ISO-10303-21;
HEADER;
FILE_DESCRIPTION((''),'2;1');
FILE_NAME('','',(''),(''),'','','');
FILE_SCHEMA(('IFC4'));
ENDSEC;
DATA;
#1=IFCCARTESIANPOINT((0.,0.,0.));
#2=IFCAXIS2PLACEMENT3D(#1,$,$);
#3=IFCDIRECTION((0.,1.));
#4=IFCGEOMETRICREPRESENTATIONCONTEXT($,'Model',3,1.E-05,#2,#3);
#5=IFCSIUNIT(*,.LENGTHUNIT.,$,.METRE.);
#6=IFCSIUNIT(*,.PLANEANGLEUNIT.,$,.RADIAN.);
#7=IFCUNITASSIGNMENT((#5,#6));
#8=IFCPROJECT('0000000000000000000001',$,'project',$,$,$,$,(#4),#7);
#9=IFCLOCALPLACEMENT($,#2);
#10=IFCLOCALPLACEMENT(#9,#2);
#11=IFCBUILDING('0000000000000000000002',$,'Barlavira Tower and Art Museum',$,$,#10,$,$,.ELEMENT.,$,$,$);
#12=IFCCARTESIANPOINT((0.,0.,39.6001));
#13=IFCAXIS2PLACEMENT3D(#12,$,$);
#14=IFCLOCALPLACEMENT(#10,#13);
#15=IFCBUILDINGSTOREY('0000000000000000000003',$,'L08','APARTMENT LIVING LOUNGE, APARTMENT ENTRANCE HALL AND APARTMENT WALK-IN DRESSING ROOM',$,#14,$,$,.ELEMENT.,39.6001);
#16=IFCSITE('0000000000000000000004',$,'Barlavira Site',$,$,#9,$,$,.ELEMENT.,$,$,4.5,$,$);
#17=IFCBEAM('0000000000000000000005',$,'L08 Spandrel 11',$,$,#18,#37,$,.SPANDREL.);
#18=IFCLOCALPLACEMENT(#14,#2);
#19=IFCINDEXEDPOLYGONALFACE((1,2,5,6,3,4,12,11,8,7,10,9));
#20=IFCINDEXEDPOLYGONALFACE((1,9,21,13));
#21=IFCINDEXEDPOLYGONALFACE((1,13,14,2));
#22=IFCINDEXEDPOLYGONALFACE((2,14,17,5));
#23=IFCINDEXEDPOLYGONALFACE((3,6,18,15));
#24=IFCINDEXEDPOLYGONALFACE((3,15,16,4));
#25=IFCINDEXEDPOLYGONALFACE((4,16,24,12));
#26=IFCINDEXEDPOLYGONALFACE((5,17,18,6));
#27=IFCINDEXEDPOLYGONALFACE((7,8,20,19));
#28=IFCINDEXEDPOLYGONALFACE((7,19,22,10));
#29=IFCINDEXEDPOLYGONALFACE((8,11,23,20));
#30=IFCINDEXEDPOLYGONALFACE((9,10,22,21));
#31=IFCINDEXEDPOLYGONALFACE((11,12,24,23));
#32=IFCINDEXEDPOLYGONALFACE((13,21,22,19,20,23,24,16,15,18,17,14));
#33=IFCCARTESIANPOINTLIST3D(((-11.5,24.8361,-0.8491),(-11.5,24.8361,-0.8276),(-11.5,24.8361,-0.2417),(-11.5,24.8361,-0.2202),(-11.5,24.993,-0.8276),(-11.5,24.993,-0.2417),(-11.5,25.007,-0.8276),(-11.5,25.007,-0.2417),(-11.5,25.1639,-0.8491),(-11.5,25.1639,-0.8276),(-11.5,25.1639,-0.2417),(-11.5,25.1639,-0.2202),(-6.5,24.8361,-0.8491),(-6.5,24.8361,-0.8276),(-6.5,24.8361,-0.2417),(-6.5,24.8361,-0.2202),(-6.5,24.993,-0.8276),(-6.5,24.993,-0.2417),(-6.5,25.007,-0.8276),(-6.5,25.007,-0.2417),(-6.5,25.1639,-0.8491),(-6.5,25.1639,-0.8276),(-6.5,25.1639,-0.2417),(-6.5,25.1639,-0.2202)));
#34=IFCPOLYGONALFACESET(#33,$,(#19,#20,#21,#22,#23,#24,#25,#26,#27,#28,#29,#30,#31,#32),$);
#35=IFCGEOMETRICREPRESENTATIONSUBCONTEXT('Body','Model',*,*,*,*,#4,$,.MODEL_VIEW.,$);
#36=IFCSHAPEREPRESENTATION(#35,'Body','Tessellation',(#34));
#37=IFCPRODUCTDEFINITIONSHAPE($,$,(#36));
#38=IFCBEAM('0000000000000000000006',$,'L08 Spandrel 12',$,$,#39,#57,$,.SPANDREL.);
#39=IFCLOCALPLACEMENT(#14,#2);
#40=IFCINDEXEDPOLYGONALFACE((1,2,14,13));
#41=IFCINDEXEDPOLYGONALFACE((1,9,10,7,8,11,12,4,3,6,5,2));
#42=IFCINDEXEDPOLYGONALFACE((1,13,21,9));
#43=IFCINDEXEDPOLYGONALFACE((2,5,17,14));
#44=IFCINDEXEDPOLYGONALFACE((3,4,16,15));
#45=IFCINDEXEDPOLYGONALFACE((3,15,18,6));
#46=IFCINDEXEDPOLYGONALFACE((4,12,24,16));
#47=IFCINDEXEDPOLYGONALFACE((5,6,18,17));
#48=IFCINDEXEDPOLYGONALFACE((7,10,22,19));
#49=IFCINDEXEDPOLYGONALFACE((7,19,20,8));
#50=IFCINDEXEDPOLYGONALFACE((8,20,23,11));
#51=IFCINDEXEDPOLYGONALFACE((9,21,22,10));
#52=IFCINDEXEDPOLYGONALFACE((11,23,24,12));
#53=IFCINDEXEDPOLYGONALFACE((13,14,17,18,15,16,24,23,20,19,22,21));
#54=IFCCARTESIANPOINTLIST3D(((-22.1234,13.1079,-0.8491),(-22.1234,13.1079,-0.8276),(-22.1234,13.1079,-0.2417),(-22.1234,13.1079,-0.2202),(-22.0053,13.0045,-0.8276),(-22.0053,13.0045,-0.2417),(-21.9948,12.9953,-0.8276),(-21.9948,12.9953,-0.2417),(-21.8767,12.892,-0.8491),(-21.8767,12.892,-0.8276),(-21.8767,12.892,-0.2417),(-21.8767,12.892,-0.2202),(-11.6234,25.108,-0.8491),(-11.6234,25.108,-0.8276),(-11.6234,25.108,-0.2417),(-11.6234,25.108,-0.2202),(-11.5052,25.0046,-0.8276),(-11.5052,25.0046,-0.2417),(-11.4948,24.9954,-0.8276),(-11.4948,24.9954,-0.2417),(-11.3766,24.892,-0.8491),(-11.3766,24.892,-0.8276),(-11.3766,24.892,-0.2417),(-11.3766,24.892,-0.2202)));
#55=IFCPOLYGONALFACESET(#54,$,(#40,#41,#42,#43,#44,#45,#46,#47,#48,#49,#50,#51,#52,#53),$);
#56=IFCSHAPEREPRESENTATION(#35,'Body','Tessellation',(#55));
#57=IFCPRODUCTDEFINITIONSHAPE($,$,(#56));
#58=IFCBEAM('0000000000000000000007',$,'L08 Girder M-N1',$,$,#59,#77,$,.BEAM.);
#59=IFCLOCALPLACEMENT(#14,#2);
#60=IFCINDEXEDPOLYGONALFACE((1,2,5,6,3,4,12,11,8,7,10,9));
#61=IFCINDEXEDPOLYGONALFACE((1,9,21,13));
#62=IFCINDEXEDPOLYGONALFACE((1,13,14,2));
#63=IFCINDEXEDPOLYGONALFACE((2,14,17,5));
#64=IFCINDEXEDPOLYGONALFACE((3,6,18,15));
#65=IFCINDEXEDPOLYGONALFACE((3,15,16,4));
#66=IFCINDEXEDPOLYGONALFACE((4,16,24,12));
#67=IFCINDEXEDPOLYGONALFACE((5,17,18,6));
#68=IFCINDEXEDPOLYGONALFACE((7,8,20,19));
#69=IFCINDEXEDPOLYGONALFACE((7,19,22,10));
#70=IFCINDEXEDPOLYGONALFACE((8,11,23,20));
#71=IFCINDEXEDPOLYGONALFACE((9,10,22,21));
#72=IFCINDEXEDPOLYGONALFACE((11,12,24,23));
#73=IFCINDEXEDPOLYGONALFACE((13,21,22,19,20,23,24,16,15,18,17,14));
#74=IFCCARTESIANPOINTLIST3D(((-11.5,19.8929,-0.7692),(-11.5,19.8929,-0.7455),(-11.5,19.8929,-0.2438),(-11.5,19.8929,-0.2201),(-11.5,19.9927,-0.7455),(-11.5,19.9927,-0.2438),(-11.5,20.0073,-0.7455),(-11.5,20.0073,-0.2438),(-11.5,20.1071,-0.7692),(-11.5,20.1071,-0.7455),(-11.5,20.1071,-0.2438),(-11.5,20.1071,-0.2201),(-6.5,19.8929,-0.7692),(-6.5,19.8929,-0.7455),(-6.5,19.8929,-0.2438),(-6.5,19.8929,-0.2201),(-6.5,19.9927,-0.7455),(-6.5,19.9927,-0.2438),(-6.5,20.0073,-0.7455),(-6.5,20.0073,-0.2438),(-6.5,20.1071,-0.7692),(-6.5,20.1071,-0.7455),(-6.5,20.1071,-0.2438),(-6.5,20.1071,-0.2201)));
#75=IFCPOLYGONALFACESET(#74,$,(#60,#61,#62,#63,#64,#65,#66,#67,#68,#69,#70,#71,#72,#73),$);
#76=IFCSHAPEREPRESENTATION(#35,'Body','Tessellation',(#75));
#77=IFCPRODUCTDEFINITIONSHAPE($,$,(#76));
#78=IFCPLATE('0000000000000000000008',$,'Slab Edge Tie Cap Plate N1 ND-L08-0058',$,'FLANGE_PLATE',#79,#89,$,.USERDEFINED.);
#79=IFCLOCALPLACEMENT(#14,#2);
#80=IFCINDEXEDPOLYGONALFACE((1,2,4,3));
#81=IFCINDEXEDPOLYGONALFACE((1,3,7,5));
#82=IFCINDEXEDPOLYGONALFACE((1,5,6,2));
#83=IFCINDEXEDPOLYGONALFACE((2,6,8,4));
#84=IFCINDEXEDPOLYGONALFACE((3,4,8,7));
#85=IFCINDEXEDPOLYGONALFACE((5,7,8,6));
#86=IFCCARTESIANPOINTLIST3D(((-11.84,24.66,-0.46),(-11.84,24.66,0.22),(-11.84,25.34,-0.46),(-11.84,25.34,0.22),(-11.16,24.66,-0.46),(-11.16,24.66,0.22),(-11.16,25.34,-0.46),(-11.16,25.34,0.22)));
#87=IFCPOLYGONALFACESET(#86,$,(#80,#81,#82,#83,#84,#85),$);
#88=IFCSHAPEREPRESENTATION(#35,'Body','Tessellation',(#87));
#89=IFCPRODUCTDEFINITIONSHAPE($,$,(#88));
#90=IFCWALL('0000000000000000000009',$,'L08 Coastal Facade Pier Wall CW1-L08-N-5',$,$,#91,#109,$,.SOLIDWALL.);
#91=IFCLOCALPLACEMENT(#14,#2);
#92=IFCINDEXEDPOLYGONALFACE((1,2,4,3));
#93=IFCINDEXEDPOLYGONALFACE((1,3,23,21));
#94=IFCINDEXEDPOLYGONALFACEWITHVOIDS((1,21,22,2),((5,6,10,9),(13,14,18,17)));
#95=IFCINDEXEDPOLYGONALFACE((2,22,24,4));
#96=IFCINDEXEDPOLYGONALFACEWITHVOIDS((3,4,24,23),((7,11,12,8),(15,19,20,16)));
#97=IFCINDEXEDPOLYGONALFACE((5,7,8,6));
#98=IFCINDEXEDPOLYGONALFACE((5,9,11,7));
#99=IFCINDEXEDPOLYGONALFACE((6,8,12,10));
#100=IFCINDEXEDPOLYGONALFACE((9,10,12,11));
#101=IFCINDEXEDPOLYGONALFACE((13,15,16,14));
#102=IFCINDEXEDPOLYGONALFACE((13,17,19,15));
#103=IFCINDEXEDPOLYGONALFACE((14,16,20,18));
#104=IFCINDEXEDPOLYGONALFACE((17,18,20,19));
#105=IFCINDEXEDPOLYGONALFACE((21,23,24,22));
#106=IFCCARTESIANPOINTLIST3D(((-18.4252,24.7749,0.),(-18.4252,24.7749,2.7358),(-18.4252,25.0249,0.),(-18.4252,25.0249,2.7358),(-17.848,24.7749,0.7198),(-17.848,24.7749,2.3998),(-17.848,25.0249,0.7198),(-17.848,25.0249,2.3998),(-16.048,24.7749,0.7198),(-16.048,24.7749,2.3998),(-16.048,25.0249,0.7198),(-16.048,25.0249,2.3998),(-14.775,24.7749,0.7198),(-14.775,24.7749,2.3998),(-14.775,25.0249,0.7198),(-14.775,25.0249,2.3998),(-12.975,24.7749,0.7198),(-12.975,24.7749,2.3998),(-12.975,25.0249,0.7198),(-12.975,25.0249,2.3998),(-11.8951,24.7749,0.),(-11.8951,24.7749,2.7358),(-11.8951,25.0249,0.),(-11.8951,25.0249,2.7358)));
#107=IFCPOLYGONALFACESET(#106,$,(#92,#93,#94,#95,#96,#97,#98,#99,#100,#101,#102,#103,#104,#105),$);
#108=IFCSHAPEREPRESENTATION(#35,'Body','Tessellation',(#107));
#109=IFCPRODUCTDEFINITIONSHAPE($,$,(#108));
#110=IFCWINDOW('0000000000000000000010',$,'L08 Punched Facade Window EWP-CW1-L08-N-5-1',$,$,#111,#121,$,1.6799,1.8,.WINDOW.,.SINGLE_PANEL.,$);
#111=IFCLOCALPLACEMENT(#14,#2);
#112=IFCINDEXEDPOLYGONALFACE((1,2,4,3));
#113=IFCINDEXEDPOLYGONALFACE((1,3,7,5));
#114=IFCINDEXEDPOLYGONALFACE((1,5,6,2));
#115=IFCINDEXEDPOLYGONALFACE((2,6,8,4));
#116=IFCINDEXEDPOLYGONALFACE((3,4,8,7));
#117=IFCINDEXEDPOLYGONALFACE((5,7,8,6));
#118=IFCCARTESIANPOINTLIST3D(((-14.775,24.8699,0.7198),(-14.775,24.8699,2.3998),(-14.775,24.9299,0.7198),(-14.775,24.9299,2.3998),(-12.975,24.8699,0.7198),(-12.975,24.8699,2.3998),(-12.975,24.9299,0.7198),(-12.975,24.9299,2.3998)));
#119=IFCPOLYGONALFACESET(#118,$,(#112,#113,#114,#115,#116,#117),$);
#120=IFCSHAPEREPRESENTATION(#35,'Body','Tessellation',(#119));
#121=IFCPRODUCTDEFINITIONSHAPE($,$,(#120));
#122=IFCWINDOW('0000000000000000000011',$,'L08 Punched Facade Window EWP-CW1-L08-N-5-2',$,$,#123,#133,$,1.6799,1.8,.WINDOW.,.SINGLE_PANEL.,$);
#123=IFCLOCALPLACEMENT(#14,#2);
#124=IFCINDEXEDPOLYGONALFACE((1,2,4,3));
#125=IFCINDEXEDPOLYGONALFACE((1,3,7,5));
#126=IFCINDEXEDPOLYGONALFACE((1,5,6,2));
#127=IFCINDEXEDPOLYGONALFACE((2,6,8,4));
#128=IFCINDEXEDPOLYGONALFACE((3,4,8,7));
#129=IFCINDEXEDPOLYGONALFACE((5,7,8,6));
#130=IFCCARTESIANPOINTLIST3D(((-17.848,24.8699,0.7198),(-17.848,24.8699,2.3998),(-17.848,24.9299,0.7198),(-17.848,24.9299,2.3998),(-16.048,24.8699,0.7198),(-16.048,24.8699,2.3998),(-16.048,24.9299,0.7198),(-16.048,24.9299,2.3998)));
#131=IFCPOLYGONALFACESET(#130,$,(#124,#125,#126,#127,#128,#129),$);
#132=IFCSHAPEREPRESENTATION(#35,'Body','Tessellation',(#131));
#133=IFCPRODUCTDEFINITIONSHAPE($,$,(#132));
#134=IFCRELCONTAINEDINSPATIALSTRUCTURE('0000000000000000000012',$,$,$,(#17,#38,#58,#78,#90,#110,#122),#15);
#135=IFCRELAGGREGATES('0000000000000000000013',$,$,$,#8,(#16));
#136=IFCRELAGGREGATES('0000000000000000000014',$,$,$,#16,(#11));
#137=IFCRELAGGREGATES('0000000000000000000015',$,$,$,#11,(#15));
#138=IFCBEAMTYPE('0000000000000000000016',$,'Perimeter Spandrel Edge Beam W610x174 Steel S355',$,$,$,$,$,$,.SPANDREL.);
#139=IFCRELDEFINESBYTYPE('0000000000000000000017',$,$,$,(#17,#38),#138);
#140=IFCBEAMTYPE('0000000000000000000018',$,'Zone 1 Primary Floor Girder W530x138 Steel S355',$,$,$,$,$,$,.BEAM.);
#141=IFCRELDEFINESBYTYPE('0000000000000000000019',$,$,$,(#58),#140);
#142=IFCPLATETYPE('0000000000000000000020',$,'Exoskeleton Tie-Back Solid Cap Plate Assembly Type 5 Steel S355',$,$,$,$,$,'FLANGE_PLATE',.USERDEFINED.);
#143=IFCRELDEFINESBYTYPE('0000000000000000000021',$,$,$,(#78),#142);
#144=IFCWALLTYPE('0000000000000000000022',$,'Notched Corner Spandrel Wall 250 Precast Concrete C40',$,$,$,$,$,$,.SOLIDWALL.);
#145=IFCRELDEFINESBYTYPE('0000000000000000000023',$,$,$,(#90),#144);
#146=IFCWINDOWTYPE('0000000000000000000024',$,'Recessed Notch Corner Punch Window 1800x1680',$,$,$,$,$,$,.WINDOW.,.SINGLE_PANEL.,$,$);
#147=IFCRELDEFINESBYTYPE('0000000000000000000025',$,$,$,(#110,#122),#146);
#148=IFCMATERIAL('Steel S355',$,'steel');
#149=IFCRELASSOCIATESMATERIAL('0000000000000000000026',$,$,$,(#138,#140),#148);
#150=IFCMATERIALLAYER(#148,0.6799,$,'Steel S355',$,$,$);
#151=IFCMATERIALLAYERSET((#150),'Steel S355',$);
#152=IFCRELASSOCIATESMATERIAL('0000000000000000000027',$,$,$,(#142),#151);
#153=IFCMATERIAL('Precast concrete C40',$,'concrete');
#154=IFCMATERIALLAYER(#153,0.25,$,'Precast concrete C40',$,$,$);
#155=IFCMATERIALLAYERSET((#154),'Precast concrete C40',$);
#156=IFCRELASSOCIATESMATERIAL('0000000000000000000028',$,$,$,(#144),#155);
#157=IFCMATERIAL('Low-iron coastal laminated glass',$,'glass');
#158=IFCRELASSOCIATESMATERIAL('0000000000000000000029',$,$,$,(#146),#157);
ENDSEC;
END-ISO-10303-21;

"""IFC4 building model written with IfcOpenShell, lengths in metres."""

from ifc_helpers import new_model, si_unit, direction, frame, frame_2d, origin, origin_2d, place, context, subcontext, project, spatial, rectangle, i_section, extrude, material, layer, layer_set, material_profile, profile_set, type_object, element, fill, save


model = new_model("IFC4")

# Units and contexts
model_context = context("Model", 3, precision=1e-05, world=origin(), true_north=direction((0.0, 1.0)))
body_context = subcontext(model_context, "Body", "Model", "MODEL_VIEW")
ifc_project = project(units=[si_unit("LENGTHUNIT", "METRE"), si_unit("PLANEANGLEUNIT", "RADIAN")], contexts=[model_context])

# Site, building, storey
site_placement = place(None, origin())
site = spatial("IfcSite", under=ifc_project, at=site_placement, Name="Barlavira Site", CompositionType="ELEMENT", RefElevation=4.5)
building_placement = place(site_placement, origin())
building = spatial("IfcBuilding", under=site, at=building_placement, Name="Barlavira Tower and Art Museum", CompositionType="ELEMENT")
storey_placement = place(building_placement, frame((0.0, 0.0, 39.6001)))
storey = spatial("IfcBuildingStorey", under=building, at=storey_placement, Name="L08", Description="APARTMENT LIVING LOUNGE, APARTMENT ENTRANCE HALL AND APARTMENT WALK-IN DRESSING ROOM", CompositionType="ELEMENT", Elevation=39.6001)

# Shared definitions
ifc_material_1 = material(Name="Steel S355", Category="steel")

# Beams
ifc_material_profile_1 = material_profile(ifc_material_1, i_section(OverallWidth=0.3279, OverallDepth=0.6289, WebThickness=0.0139, FlangeThickness=0.0215, at=origin_2d()), Name="W610x174.0")
ifc_profile_set_1 = profile_set([ifc_material_profile_1], Name="Steel S355")
beam_type_1 = type_object("IfcBeamType", Name="Perimeter Spandrel Edge Beam W610x174 Steel S355", PredefinedType="SPANDREL", material=ifc_profile_set_1)
beam_1_placement = place(storey_placement, frame((-11.5, 25.0, -0.5347), z_axis=(1.0, 0.0, 0.0), x_axis=(0.0, 1.0, 0.0)))
element("IfcBeam", 1, at=beam_1_placement, inside=storey, type_object=beam_type_1, Name="L08 Spandrel 11", PredefinedType="SPANDREL", context=body_context, shape_type="SweptSolid", body=[
    extrude(i_section(OverallWidth=0.3279, OverallDepth=0.6289, WebThickness=0.0139, FlangeThickness=0.0215, at=origin_2d()), origin(), (0.0, 0.0, 1.0), 5.0),
])
beam_2_placement = place(storey_placement, frame((-11.5, 25.0, -0.5347), z_axis=(-0.658505, -0.752577, 0.0), x_axis=(0.752577, -0.658505, 0.0)))
element("IfcBeam", 2, at=beam_2_placement, inside=storey, type_object=beam_type_1, Name="L08 Spandrel 12", PredefinedType="SPANDREL", context=body_context, shape_type="SweptSolid", body=[
    extrude(i_section(OverallWidth=0.3279, OverallDepth=0.6289, WebThickness=0.0139, FlangeThickness=0.0215, at=origin_2d()), origin(), (0.0, 0.0, 1.0), 15.9453),
])
ifc_material_profile_2 = material_profile(ifc_material_1, i_section(OverallWidth=0.2141, OverallDepth=0.5491, WebThickness=0.0146, FlangeThickness=0.0237, at=origin_2d()), Name="W530x138.0")
ifc_profile_set_2 = profile_set([ifc_material_profile_2], Name="Steel S355")
beam_type_2 = type_object("IfcBeamType", Name="Zone 1 Primary Floor Girder W530x138 Steel S355", PredefinedType="BEAM", material=ifc_profile_set_2)
beam_3_placement = place(storey_placement, frame((-11.5, 20.0, -0.4946), z_axis=(1.0, 0.0, 0.0), x_axis=(0.0, 1.0, 0.0)))
element("IfcBeam", 3, at=beam_3_placement, inside=storey, type_object=beam_type_2, Name="L08 Girder M-N1", PredefinedType="BEAM", context=body_context, shape_type="SweptSolid", body=[
    extrude(i_section(OverallWidth=0.2141, OverallDepth=0.5491, WebThickness=0.0146, FlangeThickness=0.0237, at=origin_2d()), origin(), (0.0, 0.0, 1.0), 5.0),
])

# Plate
ifc_layer_1 = layer(ifc_material_1, 0.6799, Name="Steel S355")
ifc_layer_set_1 = layer_set([ifc_layer_1], Name="Steel S355")
plate_type = type_object("IfcPlateType", Name="Exoskeleton Tie-Back Solid Cap Plate Assembly Type 5 Steel S355", ElementType="FLANGE_PLATE", PredefinedType="USERDEFINED", material=ifc_layer_set_1)
plate_placement = place(storey_placement, frame((-11.5, 25.0, -0.46), z_axis=(0.0, 0.0, 1.0), x_axis=(1.0, 0.0, 0.0)))
element("IfcPlate", 4, at=plate_placement, inside=storey, type_object=plate_type, Name="Slab Edge Tie Cap Plate N1 ND-L08-0058", ObjectType="FLANGE_PLATE", PredefinedType="USERDEFINED", context=body_context, shape_type="SweptSolid", body=[
    extrude(rectangle(XDim=0.6799, YDim=0.6799, at=origin_2d()), origin(), (0.0, 0.0, 1.0), 0.6799),
])

# Wall, openings, windows
ifc_material_2 = material(Name="Precast concrete C40", Category="concrete")
ifc_layer_2 = layer(ifc_material_2, 0.25, Name="Precast concrete C40")
ifc_layer_set_2 = layer_set([ifc_layer_2], Name="Precast concrete C40")
wall_type = type_object("IfcWallType", Name="Notched Corner Spandrel Wall 250 Precast Concrete C40", PredefinedType="SOLIDWALL", material=ifc_layer_set_2)
wall_1_placement = place(storey_placement, frame((-11.895, 24.8999, 0.0), z_axis=(0.0, 0.0, 1.0), x_axis=(-1.0, 0.0, 0.0)))
wall_1 = element("IfcWall", 5, at=wall_1_placement, inside=storey, type_object=wall_type, Name="L08 Coastal Facade Pier Wall CW1-L08-N-5", PredefinedType="SOLIDWALL", context=body_context, shape_type="SweptSolid", body=[
    extrude(rectangle(XDim=6.53, YDim=0.25, at=frame_2d((3.2651, 0.0))), origin(), (0.0, 0.0, 1.0), 2.7358),
])
opening_1_placement = place(wall_1_placement, frame((1.0801, 0.0, 0.72)))
opening_1 = element("IfcOpeningElement", 6, at=opening_1_placement, cuts=wall_1, PredefinedType="OPENING", context=body_context, shape_type="SweptSolid", body=[
    extrude(rectangle(XDim=1.8, YDim=1.6799, at=frame_2d((0.8999, 0.8398))), frame((0.0, 0.135, 0.0), z_axis=(0.0, -1.0, 0.0), x_axis=(1.0, 0.0, 0.0)), (0.0, 0.0, 1.0), 0.27),
])
opening_2_placement = place(wall_1_placement, frame((4.1531, 0.0, 0.72)))
opening_2 = element("IfcOpeningElement", 7, at=opening_2_placement, cuts=wall_1, PredefinedType="OPENING", context=body_context, shape_type="SweptSolid", body=[
    extrude(rectangle(XDim=1.8, YDim=1.6799, at=frame_2d((0.8999, 0.8398))), frame((0.0, 0.135, 0.0), z_axis=(0.0, -1.0, 0.0), x_axis=(1.0, 0.0, 0.0)), (0.0, 0.0, 1.0), 0.27),
])
ifc_material_3 = material(Name="Low-iron coastal laminated glass", Category="glass")
window_type = type_object("IfcWindowType", Name="Recessed Notch Corner Punch Window 1800x1680", PartitioningType="SINGLE_PANEL", PredefinedType="WINDOW", material=ifc_material_3)
window_1_placement = place(opening_1_placement, origin())
window_1 = element("IfcWindow", 8, at=window_1_placement, inside=storey, type_object=window_type, Name="L08 Punched Facade Window EWP-CW1-L08-N-5-1", OverallHeight=1.6799, OverallWidth=1.8, PartitioningType="SINGLE_PANEL", PredefinedType="WINDOW", context=body_context, shape_type="SweptSolid", body=[
    extrude(rectangle(XDim=1.8, YDim=1.6799, at=frame_2d((0.8999, 0.8398))), frame((0.0, 0.03, 0.0), z_axis=(0.0, -1.0, 0.0), x_axis=(1.0, 0.0, 0.0)), (0.0, 0.0, 1.0), 0.0601),
])
fill(opening_1, window_1)
window_2_placement = place(opening_2_placement, origin())
window_2 = element("IfcWindow", 9, at=window_2_placement, inside=storey, type_object=window_type, Name="L08 Punched Facade Window EWP-CW1-L08-N-5-2", OverallHeight=1.6799, OverallWidth=1.8, PartitioningType="SINGLE_PANEL", PredefinedType="WINDOW", context=body_context, shape_type="SweptSolid", body=[
    extrude(rectangle(XDim=1.8, YDim=1.6799, at=frame_2d((0.8999, 0.8398))), frame((0.0, 0.03, 0.0), z_axis=(0.0, -1.0, 0.0), x_axis=(1.0, 0.0, 0.0)), (0.0, 0.0, 1.0), 0.0601),
])
fill(opening_2, window_2)

save(model, "model.ifc")
